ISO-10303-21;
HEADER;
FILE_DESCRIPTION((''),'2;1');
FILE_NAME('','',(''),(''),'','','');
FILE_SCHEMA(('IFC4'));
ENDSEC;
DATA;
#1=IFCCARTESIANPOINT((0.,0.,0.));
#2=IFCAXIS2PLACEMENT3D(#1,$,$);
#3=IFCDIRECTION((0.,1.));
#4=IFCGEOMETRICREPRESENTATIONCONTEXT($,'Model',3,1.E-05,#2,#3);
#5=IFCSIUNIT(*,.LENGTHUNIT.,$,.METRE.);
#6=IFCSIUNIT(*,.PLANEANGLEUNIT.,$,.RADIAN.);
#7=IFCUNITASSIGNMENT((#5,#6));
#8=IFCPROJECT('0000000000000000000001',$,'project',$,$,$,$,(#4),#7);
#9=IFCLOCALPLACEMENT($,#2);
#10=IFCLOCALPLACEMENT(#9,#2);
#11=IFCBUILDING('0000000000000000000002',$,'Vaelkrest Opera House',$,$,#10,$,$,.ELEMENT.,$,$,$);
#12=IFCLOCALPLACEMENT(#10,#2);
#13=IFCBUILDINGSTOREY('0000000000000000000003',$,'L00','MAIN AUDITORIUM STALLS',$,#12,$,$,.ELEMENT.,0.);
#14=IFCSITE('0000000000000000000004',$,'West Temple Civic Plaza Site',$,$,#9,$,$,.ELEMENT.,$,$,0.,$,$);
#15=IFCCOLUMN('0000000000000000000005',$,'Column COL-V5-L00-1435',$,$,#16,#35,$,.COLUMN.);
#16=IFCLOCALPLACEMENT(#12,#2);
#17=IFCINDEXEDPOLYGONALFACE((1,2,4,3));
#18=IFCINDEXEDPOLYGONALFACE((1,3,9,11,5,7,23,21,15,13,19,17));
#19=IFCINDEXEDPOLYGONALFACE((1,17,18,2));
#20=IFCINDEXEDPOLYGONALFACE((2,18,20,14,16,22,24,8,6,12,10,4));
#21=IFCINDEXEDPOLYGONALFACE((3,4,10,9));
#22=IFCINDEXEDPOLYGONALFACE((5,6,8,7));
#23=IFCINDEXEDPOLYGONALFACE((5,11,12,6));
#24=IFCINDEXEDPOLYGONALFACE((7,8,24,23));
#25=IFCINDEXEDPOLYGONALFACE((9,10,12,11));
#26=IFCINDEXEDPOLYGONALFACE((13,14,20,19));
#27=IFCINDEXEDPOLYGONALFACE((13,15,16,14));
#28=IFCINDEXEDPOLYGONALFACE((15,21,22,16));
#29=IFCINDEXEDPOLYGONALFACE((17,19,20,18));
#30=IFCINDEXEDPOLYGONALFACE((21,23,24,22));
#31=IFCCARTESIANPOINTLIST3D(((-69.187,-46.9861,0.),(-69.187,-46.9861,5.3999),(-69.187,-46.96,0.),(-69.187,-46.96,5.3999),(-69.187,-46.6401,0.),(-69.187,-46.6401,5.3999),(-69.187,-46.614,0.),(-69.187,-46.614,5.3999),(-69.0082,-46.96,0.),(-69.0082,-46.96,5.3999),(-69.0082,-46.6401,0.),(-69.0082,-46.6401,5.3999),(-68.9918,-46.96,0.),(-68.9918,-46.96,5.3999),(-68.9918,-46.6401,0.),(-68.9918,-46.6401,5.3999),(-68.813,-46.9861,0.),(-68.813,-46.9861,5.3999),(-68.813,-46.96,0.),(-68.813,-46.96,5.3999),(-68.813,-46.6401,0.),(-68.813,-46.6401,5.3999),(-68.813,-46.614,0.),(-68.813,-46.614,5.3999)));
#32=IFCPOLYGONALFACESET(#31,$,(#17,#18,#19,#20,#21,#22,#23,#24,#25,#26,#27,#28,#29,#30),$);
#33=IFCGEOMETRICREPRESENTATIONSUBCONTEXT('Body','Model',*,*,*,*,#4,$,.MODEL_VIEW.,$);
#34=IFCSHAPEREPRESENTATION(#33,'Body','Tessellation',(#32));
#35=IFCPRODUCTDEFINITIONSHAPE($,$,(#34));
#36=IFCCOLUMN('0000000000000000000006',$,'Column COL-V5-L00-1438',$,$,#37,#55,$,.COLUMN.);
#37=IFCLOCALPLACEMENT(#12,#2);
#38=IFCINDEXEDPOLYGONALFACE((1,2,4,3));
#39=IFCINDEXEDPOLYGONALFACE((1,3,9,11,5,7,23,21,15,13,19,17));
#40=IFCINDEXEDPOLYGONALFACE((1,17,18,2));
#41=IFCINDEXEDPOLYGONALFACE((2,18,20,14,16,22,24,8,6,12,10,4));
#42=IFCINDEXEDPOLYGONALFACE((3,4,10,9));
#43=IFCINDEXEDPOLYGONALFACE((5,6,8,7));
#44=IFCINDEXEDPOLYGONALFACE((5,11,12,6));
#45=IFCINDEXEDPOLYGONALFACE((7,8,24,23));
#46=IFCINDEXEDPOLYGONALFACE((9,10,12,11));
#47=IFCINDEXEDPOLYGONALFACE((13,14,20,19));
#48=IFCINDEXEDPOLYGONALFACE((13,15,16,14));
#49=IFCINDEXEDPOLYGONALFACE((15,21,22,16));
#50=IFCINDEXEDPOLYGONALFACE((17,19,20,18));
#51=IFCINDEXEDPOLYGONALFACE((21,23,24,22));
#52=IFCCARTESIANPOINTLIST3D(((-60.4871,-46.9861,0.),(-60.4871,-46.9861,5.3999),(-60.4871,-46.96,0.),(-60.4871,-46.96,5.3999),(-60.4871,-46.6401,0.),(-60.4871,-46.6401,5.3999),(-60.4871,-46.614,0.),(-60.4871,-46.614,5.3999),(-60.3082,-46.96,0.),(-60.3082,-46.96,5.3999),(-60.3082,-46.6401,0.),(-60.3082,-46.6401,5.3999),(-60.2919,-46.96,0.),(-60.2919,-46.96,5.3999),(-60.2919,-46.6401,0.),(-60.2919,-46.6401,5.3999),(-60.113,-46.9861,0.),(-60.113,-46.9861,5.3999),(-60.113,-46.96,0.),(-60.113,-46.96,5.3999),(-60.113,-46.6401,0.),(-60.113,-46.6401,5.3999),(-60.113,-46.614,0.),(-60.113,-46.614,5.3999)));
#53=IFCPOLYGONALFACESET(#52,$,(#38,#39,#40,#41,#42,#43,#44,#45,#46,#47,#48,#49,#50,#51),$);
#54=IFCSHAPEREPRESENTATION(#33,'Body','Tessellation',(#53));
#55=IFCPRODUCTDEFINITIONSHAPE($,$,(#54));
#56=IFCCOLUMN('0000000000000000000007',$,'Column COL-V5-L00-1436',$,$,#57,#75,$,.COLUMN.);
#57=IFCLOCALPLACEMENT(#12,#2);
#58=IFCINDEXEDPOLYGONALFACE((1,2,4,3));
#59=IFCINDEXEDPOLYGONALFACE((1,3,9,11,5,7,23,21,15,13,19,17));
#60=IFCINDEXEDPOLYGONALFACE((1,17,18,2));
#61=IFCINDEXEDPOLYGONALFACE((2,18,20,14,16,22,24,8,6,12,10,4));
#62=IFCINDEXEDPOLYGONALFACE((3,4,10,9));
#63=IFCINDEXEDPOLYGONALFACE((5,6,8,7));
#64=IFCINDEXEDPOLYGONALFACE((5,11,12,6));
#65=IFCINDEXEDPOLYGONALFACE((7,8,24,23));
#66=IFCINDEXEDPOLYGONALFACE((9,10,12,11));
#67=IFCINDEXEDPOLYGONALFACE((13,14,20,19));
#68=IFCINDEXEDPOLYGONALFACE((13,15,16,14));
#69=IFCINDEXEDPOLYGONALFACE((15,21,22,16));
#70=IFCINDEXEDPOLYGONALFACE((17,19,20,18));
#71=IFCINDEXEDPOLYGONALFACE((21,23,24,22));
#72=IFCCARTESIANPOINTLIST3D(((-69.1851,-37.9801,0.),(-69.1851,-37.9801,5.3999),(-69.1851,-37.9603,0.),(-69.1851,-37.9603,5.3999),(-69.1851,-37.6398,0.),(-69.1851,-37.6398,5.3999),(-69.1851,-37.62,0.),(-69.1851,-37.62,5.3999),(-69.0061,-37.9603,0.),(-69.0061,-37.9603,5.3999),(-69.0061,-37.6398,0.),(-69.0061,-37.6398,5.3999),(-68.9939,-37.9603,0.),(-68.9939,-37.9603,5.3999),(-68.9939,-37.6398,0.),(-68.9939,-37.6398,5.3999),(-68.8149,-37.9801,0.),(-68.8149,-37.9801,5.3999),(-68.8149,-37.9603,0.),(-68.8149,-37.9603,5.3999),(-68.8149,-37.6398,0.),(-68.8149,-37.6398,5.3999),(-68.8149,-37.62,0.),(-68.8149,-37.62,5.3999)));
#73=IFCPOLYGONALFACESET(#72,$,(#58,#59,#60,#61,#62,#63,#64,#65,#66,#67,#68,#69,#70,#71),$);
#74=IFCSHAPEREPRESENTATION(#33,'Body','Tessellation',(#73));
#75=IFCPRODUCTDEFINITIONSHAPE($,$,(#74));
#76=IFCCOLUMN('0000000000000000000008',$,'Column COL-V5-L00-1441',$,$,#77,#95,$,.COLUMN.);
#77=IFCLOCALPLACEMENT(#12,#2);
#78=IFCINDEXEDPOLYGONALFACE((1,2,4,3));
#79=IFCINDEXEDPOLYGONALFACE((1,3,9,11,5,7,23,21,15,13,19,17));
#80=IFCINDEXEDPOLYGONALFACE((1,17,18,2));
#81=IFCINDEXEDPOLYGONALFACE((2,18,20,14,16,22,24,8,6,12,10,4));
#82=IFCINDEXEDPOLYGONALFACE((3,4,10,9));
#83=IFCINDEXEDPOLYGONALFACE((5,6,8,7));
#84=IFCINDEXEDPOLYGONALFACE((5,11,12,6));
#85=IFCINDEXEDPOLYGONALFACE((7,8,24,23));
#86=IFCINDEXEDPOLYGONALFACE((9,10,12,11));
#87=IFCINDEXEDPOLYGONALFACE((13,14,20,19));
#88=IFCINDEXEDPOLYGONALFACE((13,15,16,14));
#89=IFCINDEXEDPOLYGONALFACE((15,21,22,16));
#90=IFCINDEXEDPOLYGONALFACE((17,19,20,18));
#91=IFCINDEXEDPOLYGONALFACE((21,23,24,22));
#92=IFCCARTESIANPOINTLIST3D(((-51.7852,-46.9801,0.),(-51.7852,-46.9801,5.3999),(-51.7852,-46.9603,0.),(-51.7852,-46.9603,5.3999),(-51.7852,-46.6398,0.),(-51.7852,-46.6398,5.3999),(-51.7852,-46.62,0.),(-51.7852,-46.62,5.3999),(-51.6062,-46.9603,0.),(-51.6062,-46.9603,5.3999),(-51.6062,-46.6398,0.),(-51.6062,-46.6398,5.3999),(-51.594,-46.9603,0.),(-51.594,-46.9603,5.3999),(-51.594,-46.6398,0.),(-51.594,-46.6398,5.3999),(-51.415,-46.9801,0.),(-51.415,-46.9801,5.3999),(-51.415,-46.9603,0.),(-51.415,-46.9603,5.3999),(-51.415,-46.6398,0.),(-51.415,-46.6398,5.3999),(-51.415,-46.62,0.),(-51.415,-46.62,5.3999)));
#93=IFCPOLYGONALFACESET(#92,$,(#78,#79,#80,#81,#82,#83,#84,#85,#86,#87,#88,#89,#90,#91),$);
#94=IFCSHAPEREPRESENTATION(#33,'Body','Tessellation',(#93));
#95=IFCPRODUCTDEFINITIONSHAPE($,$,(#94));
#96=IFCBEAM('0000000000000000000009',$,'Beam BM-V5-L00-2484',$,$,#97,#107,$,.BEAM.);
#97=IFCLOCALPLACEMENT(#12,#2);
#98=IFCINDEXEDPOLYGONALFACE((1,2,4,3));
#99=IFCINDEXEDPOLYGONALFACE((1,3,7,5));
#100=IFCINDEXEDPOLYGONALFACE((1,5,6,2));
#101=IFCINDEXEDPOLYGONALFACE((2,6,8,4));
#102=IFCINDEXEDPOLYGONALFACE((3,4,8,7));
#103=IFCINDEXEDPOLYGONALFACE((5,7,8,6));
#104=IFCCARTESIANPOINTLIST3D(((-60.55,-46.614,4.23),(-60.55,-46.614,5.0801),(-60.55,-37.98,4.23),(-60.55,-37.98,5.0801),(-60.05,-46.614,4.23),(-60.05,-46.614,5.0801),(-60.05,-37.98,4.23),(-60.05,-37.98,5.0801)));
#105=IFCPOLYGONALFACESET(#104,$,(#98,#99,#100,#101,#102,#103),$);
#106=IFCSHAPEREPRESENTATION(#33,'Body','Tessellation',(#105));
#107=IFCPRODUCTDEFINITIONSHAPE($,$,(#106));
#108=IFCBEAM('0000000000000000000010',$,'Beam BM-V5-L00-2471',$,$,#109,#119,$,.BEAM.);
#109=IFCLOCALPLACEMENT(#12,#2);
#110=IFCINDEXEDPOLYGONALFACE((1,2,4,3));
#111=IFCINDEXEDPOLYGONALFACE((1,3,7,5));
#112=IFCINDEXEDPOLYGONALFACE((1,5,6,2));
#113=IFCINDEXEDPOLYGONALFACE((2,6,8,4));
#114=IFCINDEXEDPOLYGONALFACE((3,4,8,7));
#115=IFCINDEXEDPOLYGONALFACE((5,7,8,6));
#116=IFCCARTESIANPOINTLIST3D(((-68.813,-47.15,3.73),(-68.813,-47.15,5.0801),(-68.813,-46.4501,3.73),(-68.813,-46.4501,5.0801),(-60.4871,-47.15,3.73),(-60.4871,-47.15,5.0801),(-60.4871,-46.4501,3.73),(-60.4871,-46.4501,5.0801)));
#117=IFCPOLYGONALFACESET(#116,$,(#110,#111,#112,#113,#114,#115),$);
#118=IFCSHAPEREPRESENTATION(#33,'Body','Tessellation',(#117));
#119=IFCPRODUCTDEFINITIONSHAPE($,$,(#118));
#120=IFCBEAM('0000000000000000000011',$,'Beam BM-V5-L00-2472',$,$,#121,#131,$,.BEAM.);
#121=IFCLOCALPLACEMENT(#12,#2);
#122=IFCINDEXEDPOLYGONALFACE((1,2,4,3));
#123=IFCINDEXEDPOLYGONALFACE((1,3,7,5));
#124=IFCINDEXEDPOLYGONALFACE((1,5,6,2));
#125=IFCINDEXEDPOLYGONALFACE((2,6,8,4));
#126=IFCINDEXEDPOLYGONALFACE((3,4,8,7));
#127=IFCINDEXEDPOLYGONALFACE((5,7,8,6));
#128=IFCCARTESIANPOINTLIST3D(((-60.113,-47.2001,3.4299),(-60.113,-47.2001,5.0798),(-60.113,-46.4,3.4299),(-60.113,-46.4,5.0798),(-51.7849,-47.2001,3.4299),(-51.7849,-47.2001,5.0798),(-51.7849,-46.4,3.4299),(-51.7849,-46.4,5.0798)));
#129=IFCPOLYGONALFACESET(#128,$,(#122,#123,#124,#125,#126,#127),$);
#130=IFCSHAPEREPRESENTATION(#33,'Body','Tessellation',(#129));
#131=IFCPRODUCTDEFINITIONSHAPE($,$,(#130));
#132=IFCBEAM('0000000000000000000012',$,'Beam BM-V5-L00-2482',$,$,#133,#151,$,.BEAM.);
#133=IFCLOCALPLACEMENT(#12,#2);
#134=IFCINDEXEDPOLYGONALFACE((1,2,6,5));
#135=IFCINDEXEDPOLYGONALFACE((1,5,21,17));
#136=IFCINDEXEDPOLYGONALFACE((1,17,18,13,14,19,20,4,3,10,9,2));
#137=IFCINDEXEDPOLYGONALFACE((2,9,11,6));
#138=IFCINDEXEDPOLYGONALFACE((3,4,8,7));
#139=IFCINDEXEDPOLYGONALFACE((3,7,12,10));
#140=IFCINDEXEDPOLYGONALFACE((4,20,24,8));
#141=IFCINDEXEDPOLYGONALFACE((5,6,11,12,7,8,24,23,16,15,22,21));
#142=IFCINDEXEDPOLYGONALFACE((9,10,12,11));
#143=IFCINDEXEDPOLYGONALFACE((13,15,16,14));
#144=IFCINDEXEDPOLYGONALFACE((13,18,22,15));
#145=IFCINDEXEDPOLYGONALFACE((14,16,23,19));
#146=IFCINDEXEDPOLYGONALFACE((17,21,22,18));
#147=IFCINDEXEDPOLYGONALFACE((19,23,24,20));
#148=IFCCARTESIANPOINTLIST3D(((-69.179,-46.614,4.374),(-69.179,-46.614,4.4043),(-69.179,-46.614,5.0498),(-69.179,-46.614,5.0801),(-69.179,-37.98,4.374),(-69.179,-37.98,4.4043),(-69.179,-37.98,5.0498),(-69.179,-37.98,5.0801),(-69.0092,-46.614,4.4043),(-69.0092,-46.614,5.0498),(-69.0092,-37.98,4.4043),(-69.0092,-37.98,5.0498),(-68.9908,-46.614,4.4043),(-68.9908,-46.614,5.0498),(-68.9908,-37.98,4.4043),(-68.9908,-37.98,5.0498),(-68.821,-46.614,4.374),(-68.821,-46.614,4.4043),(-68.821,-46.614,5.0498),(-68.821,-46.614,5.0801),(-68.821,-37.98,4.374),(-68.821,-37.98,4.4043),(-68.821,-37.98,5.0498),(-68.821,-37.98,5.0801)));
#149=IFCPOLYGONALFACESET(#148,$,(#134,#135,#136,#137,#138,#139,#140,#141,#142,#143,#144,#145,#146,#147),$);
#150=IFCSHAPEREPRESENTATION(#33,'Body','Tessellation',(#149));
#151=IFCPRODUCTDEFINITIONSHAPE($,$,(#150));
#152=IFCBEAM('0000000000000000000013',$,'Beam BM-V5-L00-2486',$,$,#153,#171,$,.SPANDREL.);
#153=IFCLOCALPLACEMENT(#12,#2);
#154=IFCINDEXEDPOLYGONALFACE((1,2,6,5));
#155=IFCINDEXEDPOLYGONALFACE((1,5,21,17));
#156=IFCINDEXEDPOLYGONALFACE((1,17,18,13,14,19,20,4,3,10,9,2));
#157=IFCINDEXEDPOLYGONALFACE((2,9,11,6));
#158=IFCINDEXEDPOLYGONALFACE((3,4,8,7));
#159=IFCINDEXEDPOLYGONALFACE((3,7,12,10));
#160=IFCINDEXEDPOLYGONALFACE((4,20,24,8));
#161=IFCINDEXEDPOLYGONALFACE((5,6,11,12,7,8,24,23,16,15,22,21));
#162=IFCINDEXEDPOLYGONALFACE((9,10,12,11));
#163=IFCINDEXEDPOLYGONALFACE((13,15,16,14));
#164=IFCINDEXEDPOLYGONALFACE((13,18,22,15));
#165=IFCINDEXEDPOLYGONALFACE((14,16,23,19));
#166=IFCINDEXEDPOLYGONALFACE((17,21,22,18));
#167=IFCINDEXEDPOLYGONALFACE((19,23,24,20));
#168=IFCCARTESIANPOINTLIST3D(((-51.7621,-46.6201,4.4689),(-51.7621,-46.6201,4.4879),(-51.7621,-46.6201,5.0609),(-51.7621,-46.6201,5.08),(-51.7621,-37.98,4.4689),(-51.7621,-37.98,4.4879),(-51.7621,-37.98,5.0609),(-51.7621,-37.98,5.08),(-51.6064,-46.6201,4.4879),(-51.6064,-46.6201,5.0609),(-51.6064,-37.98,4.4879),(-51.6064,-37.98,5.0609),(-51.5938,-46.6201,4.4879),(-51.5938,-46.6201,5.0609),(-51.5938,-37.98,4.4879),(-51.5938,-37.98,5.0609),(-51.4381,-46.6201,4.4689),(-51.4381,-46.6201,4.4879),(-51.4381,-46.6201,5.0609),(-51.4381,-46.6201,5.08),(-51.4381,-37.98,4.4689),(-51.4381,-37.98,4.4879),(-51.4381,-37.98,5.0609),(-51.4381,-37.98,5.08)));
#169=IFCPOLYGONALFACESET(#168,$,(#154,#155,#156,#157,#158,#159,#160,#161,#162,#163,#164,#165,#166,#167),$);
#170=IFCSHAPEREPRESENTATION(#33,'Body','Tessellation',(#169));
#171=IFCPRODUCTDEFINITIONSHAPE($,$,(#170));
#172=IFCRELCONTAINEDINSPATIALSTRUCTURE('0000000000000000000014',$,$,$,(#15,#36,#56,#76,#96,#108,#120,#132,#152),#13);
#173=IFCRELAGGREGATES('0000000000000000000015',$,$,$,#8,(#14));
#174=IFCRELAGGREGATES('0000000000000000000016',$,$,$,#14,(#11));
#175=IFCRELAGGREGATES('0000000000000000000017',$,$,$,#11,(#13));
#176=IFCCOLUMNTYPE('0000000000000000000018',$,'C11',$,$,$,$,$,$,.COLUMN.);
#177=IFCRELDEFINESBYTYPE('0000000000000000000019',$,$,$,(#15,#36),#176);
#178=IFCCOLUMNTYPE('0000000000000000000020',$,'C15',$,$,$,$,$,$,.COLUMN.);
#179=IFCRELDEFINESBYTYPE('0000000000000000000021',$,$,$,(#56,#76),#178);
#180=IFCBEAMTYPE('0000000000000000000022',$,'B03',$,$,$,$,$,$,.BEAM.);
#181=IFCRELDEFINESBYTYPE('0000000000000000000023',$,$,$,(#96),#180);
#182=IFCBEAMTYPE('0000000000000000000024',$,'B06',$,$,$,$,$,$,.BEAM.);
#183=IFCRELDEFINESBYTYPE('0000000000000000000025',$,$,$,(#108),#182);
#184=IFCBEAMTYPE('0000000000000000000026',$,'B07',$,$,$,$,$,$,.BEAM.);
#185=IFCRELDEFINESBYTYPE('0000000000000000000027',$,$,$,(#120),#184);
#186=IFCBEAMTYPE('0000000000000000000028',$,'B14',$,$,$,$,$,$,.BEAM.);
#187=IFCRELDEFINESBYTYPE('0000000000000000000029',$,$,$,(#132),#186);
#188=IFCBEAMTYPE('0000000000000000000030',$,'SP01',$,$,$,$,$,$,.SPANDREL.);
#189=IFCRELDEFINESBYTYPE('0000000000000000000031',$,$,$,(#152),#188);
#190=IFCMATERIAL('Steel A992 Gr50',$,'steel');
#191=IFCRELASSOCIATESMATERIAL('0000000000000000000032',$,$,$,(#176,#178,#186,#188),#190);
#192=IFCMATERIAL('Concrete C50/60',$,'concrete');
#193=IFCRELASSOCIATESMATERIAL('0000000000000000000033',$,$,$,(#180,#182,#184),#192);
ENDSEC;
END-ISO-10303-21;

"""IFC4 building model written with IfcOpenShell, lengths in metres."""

from ifc_helpers import new_model, si_unit, direction, frame, origin, origin_2d, place, context, subcontext, project, spatial, rectangle, i_section, extrude, material, material_profile, profile_set, type_object, element, save


model = new_model("IFC4")

# Units and contexts
model_context = context("Model", 3, precision=1e-05, world=origin(), true_north=direction((0.0, 1.0)))
body_context = subcontext(model_context, "Body", "Model", "MODEL_VIEW")
ifc_project = project(units=[si_unit("LENGTHUNIT", "METRE"), si_unit("PLANEANGLEUNIT", "RADIAN")], contexts=[model_context])

# Site, building, storey
site_placement = place(None, origin())
site = spatial("IfcSite", under=ifc_project, at=site_placement, Name="West Temple Civic Plaza Site", CompositionType="ELEMENT", RefElevation=0.0)
building_placement = place(site_placement, origin())
building = spatial("IfcBuilding", under=site, at=building_placement, Name="Vaelkrest Opera House", CompositionType="ELEMENT")
storey_placement = place(building_placement, origin())
storey = spatial("IfcBuildingStorey", under=building, at=storey_placement, Name="L00", Description="MAIN AUDITORIUM STALLS", CompositionType="ELEMENT", Elevation=0.0)

# Columns
ifc_material_1 = material(Name="Steel A992 Gr50", Category="steel")
ifc_material_profile_1 = material_profile(ifc_material_1, i_section(OverallWidth=0.374, OverallDepth=0.3721, WebThickness=0.0164, FlangeThickness=0.0261, at=origin_2d()), Name="W14X132")
ifc_profile_set_1 = profile_set([ifc_material_profile_1], Name="Steel A992 Gr50")
column_type_1 = type_object("IfcColumnType", Name="C11", PredefinedType="COLUMN", material=ifc_profile_set_1)
for number, where, z_axis, x_axis, name in (
    (1, (-69.0, -46.8, 0.0), (0.0, 0.0, 1.0), (1.0, 0.0, 0.0), "Column COL-V5-L00-1435"),
    (2, (-60.3, -46.8, 0.0), (0.0, 0.0, 1.0), (1.0, 0.0, 0.0), "Column COL-V5-L00-1438"),
):
    element("IfcColumn", number, at=place(storey_placement, frame(where, z_axis=z_axis, x_axis=x_axis)), inside=storey, type_object=column_type_1, Name=name, PredefinedType="COLUMN", context=body_context, shape_type="SweptSolid", body=[
        extrude(i_section(OverallWidth=0.374, OverallDepth=0.3721, WebThickness=0.0164, FlangeThickness=0.0261, at=origin_2d()), origin(), (0.0, 0.0, 1.0), 5.3999),
    ])
ifc_material_profile_2 = material_profile(ifc_material_1, i_section(OverallWidth=0.3701, OverallDepth=0.3601, WebThickness=0.0122, FlangeThickness=0.0198, at=origin_2d()), Name="W14X99")
ifc_profile_set_2 = profile_set([ifc_material_profile_2], Name="Steel A992 Gr50")
column_type_2 = type_object("IfcColumnType", Name="C15", PredefinedType="COLUMN", material=ifc_profile_set_2)
for number, where, z_axis, x_axis, name in (
    (3, (-69.0, -37.8, 0.0), (0.0, 0.0, 1.0), (1.0, 0.0, 0.0), "Column COL-V5-L00-1436"),
    (4, (-51.6001, -46.8, 0.0), (0.0, 0.0, 1.0), (1.0, 0.0, 0.0), "Column COL-V5-L00-1441"),
):
    element("IfcColumn", number, at=place(storey_placement, frame(where, z_axis=z_axis, x_axis=x_axis)), inside=storey, type_object=column_type_2, Name=name, PredefinedType="COLUMN", context=body_context, shape_type="SweptSolid", body=[
        extrude(i_section(OverallWidth=0.3701, OverallDepth=0.3601, WebThickness=0.0122, FlangeThickness=0.0198, at=origin_2d()), origin(), (0.0, 0.0, 1.0), 5.3999),
    ])

# Beams
ifc_material_2 = material(Name="Concrete C50/60", Category="concrete")
ifc_material_profile_3 = material_profile(ifc_material_2, rectangle(XDim=0.5, YDim=0.8501, at=origin_2d()), Name="RCB500X850")
ifc_profile_set_3 = profile_set([ifc_material_profile_3], Name="Concrete C50/60")
beam_type_1 = type_object("IfcBeamType", Name="B03", PredefinedType="BEAM", material=ifc_profile_set_3)
beam_1_placement = place(storey_placement, frame((-60.3, -46.614, 4.655), z_axis=(0.0, 1.0, 0.0), x_axis=(-1.0, 0.0, 0.0)))
element("IfcBeam", 5, at=beam_1_placement, inside=storey, type_object=beam_type_1, Name="Beam BM-V5-L00-2484", PredefinedType="BEAM", context=body_context, shape_type="SweptSolid", body=[
    extrude(rectangle(XDim=0.5, YDim=0.8501, at=origin_2d()), origin(), (0.0, 0.0, 1.0), 8.634),
])
ifc_material_profile_4 = material_profile(ifc_material_2, rectangle(XDim=0.7, YDim=1.3501, at=origin_2d()), Name="RCB700X1350")
ifc_profile_set_4 = profile_set([ifc_material_profile_4], Name="Concrete C50/60")
beam_type_2 = type_object("IfcBeamType", Name="B06", PredefinedType="BEAM", material=ifc_profile_set_4)
beam_2_placement = place(storey_placement, frame((-68.813, -46.8, 4.405), z_axis=(1.0, 0.0, 0.0), x_axis=(0.0, 1.0, 0.0)))
element("IfcBeam", 6, at=beam_2_placement, inside=storey, type_object=beam_type_2, Name="Beam BM-V5-L00-2471", PredefinedType="BEAM", context=body_context, shape_type="SweptSolid", body=[
    extrude(rectangle(XDim=0.7, YDim=1.3501, at=origin_2d()), origin(), (0.0, 0.0, 1.0), 8.3259),
])
ifc_material_profile_5 = material_profile(ifc_material_2, rectangle(XDim=0.8, YDim=1.6499, at=origin_2d()), Name="RCB800X1650")
ifc_profile_set_5 = profile_set([ifc_material_profile_5], Name="Concrete C50/60")
beam_type_3 = type_object("IfcBeamType", Name="B07", PredefinedType="BEAM", material=ifc_profile_set_5)
beam_3_placement = place(storey_placement, frame((-60.113, -46.8, 4.2549), z_axis=(1.0, 0.0, 0.0), x_axis=(0.0, 1.0, 0.0)))
element("IfcBeam", 7, at=beam_3_placement, inside=storey, type_object=beam_type_3, Name="Beam BM-V5-L00-2472", PredefinedType="BEAM", context=body_context, shape_type="SweptSolid", body=[
    extrude(rectangle(XDim=0.8, YDim=1.6499, at=origin_2d()), origin(), (0.0, 0.0, 1.0), 8.3281),
])
ifc_material_profile_6 = material_profile(ifc_material_1, i_section(OverallWidth=0.3579, OverallDepth=0.7061, WebThickness=0.0183, FlangeThickness=0.0303, at=origin_2d()), Name="W27X178")
ifc_profile_set_6 = profile_set([ifc_material_profile_6], Name="Steel A992 Gr50")
beam_type_4 = type_object("IfcBeamType", Name="B14", PredefinedType="BEAM", material=ifc_profile_set_6)
beam_4_placement = place(storey_placement, frame((-69.0, -46.614, 4.7271), z_axis=(0.0, 1.0, 0.0), x_axis=(-1.0, 0.0, 0.0)))
element("IfcBeam", 8, at=beam_4_placement, inside=storey, type_object=beam_type_4, Name="Beam BM-V5-L00-2482", PredefinedType="BEAM", context=body_context, shape_type="SweptSolid", body=[
    extrude(i_section(OverallWidth=0.3579, OverallDepth=0.7061, WebThickness=0.0183, FlangeThickness=0.0303, at=origin_2d()), origin(), (0.0, 0.0, 1.0), 8.634),
])
ifc_material_profile_7 = material_profile(ifc_material_1, i_section(OverallWidth=0.324, OverallDepth=0.6111, WebThickness=0.0127, FlangeThickness=0.019, at=origin_2d()), Name="W24X104")
ifc_profile_set_7 = profile_set([ifc_material_profile_7], Name="Steel A992 Gr50")
beam_type_5 = type_object("IfcBeamType", Name="SP01", PredefinedType="SPANDREL", material=ifc_profile_set_7)
beam_5_placement = place(storey_placement, frame((-51.6001, -46.6201, 4.7744), z_axis=(0.0, 1.0, 0.0), x_axis=(-1.0, 0.0, 0.0)))
element("IfcBeam", 9, at=beam_5_placement, inside=storey, type_object=beam_type_5, Name="Beam BM-V5-L00-2486", PredefinedType="SPANDREL", context=body_context, shape_type="SweptSolid", body=[
    extrude(i_section(OverallWidth=0.324, OverallDepth=0.6111, WebThickness=0.0127, FlangeThickness=0.019, at=origin_2d()), origin(), (0.0, 0.0, 1.0), 8.6401),
])

save(model, "model.ifc")
